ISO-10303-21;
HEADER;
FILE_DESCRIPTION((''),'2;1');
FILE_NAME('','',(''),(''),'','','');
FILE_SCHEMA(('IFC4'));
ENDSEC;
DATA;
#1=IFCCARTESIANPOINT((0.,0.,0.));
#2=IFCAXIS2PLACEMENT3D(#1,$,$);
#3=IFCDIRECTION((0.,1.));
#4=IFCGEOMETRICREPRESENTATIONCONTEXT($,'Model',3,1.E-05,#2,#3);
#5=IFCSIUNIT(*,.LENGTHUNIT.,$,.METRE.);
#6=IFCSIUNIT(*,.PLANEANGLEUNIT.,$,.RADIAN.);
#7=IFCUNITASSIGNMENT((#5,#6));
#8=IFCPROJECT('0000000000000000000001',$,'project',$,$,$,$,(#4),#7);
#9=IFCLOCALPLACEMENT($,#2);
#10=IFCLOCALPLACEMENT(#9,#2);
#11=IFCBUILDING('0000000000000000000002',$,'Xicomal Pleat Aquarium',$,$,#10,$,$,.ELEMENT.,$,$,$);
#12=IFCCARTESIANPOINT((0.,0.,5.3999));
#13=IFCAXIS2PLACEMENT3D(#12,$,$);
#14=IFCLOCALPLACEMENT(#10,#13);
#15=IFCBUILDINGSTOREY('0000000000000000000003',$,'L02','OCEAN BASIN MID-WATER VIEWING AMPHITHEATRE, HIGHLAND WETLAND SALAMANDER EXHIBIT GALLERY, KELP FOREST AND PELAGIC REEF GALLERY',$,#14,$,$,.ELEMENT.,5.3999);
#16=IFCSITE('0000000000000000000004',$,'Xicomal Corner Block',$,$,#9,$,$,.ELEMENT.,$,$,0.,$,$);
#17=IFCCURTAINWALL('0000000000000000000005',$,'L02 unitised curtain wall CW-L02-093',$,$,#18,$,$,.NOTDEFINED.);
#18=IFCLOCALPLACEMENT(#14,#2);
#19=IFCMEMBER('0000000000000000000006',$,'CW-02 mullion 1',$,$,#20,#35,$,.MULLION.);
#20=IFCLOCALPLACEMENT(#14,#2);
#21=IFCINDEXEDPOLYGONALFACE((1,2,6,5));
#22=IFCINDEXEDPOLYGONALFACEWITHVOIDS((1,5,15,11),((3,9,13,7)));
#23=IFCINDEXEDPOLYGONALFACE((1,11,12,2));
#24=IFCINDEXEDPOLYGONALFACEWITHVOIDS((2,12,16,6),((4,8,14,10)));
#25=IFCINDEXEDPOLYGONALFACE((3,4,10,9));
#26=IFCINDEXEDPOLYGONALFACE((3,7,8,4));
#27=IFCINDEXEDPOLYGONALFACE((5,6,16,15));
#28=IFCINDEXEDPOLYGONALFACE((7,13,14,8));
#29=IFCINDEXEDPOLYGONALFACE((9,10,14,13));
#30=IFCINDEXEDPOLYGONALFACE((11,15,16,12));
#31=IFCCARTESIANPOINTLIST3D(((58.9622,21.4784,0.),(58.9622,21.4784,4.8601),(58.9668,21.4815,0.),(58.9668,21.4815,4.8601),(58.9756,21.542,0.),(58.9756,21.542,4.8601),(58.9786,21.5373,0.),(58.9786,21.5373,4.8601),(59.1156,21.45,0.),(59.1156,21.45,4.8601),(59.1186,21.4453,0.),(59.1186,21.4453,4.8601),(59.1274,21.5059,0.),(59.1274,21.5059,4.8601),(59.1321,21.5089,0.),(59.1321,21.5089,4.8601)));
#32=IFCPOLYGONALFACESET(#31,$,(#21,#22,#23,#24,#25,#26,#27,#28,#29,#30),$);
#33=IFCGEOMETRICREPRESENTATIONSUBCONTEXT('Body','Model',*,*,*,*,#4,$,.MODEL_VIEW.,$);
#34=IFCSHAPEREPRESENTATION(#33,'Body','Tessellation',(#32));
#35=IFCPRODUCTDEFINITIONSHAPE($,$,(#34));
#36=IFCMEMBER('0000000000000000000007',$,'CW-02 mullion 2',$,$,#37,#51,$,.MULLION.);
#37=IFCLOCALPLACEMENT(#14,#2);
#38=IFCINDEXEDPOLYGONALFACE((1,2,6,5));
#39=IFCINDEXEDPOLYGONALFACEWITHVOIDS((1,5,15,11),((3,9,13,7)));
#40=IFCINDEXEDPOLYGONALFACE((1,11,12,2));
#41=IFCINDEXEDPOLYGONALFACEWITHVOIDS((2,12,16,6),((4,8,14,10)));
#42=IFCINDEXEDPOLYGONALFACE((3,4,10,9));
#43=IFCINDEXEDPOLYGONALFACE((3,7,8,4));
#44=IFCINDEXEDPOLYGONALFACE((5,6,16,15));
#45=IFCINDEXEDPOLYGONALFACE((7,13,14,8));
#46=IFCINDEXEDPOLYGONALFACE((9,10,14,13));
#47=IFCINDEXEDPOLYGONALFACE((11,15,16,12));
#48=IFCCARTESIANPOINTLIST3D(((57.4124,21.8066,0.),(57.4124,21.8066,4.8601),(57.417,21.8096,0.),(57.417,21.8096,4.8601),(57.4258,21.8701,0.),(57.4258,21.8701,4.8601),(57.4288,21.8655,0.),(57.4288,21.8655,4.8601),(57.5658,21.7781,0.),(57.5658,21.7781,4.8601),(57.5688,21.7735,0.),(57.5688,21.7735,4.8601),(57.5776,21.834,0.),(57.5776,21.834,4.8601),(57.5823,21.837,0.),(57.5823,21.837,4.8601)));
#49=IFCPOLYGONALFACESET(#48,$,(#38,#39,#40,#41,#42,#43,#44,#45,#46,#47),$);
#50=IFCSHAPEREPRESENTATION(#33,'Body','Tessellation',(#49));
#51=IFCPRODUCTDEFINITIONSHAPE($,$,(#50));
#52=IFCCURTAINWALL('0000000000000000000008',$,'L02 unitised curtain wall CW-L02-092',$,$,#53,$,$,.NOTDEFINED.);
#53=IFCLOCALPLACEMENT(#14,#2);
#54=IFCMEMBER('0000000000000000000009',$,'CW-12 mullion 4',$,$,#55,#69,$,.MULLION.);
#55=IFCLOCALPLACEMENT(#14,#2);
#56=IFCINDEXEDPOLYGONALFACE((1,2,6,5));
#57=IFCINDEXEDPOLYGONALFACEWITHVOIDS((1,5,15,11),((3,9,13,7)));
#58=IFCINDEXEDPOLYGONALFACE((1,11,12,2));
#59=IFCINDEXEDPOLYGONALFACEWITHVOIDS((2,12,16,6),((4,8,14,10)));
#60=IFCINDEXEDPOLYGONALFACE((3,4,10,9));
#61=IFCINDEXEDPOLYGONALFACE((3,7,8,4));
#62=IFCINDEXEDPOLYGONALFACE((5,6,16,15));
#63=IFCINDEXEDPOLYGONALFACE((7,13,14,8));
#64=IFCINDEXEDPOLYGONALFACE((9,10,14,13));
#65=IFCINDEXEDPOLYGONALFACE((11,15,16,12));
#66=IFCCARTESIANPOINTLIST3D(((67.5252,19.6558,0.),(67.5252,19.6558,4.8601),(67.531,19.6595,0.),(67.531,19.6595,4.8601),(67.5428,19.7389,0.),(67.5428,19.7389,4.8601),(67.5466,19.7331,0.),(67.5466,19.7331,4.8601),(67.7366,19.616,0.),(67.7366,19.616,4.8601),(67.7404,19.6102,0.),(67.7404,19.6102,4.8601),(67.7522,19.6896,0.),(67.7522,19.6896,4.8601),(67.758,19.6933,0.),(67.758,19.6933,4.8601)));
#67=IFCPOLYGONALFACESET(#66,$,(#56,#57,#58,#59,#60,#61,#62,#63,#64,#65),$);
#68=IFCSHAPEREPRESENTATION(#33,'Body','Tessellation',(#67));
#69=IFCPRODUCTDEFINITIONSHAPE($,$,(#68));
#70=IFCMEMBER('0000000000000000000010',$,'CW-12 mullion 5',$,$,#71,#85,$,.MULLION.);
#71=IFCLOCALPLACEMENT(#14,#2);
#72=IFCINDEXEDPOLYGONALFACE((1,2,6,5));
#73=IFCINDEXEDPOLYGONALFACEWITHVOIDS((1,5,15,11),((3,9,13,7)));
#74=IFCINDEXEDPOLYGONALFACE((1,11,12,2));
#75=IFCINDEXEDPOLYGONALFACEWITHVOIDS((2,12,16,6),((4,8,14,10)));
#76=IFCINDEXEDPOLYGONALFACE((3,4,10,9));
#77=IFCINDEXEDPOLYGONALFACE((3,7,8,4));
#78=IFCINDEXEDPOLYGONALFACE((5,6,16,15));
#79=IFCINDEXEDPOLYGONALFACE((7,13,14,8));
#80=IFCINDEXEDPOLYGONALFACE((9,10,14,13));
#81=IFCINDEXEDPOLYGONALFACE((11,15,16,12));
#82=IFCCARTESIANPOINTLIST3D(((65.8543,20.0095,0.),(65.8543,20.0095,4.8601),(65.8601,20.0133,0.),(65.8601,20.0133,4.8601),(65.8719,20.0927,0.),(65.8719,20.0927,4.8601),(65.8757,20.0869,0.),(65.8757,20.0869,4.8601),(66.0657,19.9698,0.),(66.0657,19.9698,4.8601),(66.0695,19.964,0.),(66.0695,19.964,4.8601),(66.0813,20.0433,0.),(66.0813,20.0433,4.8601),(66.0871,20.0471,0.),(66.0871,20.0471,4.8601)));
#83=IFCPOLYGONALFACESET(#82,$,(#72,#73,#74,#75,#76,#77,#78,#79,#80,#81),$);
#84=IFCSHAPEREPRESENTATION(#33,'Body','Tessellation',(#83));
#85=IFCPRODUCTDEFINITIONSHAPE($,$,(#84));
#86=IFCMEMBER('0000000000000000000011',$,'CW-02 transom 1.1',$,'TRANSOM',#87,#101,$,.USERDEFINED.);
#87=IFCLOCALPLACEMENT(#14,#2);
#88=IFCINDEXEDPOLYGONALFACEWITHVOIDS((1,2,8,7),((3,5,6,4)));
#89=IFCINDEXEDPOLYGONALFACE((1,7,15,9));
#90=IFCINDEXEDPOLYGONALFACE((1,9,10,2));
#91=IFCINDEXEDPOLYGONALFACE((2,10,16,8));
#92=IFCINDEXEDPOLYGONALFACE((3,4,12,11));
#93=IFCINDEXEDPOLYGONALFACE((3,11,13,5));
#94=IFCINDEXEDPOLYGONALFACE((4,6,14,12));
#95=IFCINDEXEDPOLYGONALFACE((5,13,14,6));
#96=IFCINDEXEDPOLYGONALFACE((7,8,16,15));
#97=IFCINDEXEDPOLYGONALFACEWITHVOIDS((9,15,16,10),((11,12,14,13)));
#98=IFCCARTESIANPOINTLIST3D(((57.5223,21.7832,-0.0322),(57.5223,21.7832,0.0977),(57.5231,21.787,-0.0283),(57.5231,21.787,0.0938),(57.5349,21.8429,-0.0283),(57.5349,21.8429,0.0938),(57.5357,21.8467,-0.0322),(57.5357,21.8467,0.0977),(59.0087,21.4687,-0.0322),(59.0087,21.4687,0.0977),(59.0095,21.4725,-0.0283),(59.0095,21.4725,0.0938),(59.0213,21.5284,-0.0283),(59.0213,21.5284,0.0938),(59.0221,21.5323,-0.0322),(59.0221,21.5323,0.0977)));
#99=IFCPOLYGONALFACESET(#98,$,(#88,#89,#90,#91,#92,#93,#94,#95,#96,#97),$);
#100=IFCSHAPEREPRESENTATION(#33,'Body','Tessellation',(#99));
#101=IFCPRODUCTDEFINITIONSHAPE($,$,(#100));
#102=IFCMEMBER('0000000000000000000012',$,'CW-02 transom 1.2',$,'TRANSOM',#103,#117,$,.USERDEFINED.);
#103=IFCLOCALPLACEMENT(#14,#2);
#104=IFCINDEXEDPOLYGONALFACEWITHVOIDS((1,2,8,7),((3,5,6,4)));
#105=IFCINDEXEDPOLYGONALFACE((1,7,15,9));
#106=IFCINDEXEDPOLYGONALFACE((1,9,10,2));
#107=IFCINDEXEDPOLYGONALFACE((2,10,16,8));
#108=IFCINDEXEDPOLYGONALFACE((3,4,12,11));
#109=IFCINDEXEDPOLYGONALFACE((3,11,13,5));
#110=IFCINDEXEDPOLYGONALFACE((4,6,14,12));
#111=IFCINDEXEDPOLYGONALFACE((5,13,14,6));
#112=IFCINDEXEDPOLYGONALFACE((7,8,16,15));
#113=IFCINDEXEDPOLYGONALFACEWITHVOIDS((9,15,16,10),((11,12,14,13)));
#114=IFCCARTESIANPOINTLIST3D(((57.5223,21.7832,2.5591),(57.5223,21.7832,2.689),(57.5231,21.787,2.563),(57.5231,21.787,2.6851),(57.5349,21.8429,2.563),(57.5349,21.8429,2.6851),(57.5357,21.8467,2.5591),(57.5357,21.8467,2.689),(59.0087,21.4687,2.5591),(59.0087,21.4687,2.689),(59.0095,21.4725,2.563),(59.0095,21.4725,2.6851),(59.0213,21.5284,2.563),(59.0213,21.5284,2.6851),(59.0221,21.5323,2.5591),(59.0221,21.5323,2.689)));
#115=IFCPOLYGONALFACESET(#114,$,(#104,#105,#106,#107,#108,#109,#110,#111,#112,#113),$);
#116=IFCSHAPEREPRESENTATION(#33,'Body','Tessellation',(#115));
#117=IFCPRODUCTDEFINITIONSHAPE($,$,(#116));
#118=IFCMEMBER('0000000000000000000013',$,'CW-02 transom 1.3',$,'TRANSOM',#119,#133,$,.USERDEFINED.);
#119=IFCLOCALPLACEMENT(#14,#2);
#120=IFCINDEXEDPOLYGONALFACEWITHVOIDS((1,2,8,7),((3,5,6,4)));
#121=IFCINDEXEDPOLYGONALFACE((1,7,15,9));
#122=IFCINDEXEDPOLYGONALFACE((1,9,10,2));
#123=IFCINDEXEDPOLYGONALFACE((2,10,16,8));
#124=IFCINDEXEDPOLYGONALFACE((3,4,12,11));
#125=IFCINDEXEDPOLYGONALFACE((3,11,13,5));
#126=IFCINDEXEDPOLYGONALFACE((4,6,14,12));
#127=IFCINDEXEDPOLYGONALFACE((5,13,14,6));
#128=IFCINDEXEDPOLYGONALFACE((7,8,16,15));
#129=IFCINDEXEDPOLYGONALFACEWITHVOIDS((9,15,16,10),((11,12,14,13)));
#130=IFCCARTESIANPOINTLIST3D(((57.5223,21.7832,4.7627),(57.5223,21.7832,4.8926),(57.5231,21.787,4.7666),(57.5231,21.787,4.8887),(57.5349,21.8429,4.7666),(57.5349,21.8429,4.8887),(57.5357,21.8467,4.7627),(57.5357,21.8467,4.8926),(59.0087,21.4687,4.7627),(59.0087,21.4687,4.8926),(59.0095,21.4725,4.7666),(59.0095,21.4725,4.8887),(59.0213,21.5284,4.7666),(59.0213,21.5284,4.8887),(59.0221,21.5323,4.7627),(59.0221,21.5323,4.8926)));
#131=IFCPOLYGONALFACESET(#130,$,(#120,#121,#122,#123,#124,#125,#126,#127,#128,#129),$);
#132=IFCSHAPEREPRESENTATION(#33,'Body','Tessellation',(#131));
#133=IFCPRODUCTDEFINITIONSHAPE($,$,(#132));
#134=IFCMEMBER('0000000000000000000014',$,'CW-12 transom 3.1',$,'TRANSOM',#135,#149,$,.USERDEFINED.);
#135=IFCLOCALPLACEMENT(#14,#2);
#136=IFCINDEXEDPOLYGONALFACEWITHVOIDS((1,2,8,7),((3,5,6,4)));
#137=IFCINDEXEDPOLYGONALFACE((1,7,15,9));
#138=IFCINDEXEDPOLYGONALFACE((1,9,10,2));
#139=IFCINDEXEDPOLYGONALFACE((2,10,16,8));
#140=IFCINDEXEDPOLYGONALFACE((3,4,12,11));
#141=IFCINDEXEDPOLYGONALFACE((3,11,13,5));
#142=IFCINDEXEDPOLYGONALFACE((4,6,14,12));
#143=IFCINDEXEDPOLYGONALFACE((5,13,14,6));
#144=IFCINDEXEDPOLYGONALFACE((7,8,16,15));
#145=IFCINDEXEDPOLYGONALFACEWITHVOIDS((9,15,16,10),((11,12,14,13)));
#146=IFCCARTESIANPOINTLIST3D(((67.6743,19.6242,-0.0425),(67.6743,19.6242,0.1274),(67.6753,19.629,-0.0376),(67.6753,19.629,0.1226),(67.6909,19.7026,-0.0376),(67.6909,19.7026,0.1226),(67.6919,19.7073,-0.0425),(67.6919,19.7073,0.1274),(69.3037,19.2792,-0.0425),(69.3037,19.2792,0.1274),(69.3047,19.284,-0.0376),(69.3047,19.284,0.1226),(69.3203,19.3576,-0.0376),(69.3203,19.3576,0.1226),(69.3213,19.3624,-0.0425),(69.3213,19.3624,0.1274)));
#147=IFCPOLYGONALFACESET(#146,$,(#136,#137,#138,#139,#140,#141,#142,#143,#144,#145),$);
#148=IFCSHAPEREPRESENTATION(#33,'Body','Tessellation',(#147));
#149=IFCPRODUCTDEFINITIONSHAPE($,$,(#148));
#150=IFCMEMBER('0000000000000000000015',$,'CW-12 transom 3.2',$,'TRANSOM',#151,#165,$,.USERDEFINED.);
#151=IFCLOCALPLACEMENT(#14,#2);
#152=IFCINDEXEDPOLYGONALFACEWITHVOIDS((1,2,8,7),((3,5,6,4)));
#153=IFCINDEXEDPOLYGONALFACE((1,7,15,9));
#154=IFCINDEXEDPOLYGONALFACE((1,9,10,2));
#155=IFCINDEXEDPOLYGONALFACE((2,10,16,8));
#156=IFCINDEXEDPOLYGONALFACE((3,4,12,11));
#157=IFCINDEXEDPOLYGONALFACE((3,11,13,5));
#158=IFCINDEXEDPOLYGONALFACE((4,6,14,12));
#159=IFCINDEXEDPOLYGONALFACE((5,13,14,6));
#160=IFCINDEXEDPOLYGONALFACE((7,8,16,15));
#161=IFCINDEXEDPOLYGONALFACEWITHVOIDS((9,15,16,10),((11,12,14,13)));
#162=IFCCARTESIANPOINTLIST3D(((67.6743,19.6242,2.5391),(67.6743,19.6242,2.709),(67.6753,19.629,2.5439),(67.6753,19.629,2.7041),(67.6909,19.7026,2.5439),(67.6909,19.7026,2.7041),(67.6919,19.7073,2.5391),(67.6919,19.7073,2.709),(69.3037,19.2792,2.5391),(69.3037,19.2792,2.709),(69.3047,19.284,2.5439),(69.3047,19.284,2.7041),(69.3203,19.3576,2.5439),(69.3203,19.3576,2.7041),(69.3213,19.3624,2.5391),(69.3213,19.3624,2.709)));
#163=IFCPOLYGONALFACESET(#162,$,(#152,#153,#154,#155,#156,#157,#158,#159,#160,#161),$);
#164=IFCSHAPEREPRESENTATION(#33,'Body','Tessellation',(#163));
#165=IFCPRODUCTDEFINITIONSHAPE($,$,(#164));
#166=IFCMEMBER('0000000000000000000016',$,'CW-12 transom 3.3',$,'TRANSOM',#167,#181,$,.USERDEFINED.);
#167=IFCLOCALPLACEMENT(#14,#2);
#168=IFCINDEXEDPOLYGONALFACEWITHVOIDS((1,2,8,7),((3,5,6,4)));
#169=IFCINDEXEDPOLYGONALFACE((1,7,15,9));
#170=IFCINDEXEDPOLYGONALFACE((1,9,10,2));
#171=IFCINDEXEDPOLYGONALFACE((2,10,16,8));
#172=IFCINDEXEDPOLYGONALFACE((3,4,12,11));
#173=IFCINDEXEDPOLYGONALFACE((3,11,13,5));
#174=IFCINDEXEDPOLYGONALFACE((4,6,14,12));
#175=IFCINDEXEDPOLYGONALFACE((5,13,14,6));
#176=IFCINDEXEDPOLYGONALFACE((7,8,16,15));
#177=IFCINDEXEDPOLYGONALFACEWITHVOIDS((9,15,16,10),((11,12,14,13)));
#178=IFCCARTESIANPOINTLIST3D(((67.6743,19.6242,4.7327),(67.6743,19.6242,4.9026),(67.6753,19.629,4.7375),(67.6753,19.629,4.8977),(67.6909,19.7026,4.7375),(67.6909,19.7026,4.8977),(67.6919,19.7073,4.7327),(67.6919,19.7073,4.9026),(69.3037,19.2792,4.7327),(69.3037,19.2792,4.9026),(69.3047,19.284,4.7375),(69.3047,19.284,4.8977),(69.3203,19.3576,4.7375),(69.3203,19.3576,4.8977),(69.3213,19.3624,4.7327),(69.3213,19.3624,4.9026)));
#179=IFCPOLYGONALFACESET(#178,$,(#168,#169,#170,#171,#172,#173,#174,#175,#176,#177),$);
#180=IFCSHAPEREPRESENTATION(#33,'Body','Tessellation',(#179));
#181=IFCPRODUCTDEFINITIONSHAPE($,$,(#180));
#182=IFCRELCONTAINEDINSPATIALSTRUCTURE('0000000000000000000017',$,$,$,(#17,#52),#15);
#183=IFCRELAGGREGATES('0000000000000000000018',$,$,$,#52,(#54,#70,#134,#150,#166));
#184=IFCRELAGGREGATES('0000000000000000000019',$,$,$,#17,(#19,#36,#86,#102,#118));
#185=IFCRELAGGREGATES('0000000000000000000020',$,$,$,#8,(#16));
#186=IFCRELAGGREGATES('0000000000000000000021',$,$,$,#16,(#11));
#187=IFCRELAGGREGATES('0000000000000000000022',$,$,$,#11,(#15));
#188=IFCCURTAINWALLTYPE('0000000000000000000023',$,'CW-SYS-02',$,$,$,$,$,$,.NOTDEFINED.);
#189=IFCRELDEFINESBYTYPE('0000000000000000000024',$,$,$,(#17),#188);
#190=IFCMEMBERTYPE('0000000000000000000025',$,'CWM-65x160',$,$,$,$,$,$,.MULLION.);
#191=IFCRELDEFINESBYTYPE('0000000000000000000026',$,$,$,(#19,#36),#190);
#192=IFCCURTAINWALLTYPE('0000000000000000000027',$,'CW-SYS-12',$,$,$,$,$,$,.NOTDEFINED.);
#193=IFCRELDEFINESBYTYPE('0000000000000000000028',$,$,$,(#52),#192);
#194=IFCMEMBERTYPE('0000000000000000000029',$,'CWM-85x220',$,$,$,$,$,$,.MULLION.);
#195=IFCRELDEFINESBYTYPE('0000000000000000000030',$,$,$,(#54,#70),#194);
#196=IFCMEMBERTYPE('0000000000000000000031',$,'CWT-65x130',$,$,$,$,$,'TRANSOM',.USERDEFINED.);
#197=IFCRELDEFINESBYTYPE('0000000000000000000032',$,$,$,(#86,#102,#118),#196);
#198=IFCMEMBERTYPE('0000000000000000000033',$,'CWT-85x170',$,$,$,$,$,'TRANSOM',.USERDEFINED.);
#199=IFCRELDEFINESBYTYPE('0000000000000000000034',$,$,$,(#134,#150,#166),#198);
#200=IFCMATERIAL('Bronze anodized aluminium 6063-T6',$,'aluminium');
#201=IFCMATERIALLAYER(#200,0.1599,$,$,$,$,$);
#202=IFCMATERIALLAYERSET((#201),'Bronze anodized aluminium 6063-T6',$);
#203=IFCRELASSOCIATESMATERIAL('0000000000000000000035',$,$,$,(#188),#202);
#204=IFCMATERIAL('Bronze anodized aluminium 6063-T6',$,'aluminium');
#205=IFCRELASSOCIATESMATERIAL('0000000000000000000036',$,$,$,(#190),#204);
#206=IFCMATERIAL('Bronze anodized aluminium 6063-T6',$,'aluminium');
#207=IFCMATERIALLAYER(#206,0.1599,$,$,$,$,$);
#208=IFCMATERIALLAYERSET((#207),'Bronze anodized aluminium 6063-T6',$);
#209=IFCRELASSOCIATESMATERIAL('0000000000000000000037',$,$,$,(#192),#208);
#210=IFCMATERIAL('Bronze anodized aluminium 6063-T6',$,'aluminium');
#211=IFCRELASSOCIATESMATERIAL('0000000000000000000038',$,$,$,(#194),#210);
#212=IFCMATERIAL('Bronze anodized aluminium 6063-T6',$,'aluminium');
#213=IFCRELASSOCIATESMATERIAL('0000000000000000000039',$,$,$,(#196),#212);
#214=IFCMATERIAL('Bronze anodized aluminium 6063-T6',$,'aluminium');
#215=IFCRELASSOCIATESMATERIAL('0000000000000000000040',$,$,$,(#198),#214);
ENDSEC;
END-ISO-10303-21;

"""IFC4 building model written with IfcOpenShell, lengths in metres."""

from ifc_helpers import new_model, si_unit, direction, frame, origin, origin_2d, place, context, subcontext, project, spatial, hollow_rectangle, extrude, material, layer, layer_set, material_profile, profile_set, type_object, element, aggregate, save


model = new_model("IFC4")

# Units and contexts
model_context = context("Model", 3, precision=1e-05, world=origin(), true_north=direction((0.0, 1.0)))
body_context = subcontext(model_context, "Body", "Model", "MODEL_VIEW")
ifc_project = project(units=[si_unit("LENGTHUNIT", "METRE"), si_unit("PLANEANGLEUNIT", "RADIAN")], contexts=[model_context])

# Site, building, storey
site_placement = place(None, origin())
site = spatial("IfcSite", under=ifc_project, at=site_placement, Name="Xicomal Corner Block", CompositionType="ELEMENT", RefElevation=0.0)
building_placement = place(site_placement, origin())
building = spatial("IfcBuilding", under=site, at=building_placement, Name="Xicomal Pleat Aquarium", CompositionType="ELEMENT")
storey_placement = place(building_placement, frame((0.0, 0.0, 5.3999)))
storey = spatial("IfcBuildingStorey", under=building, at=storey_placement, Name="L02", Description="OCEAN BASIN MID-WATER VIEWING AMPHITHEATRE, HIGHLAND WETLAND SALAMANDER EXHIBIT GALLERY, KELP FOREST AND PELAGIC REEF GALLERY", CompositionType="ELEMENT", Elevation=5.3999)

# Curtain walls, members
ifc_material_1 = material(Name="Bronze anodized aluminium 6063-T6", Category="aluminium")
ifc_layer_1 = layer(ifc_material_1, 0.1599)
ifc_layer_set_1 = layer_set([ifc_layer_1], Name="Bronze anodized aluminium 6063-T6")
curtain_wall_type_1 = type_object("IfcCurtainWallType", Name="CW-SYS-02", PredefinedType="NOTDEFINED", material=ifc_layer_set_1)
curtain_wall_1_placement = place(storey_placement, origin())
curtain_wall_1 = element("IfcCurtainWall", 1, at=curtain_wall_1_placement, inside=storey, type_object=curtain_wall_type_1, Name="L02 unitised curtain wall CW-L02-093", PredefinedType="NOTDEFINED")
ifc_material_2 = material(Name="Bronze anodized aluminium 6063-T6", Category="aluminium")
ifc_material_profile_1 = material_profile(ifc_material_2, hollow_rectangle(XDim=0.0649, YDim=0.1599, WallThickness=0.0039, at=origin_2d()), Name="ALU MULL 65x160")
ifc_profile_set_1 = profile_set([ifc_material_profile_1], Name="Bronze anodized aluminium 6063-T6")
member_type_1 = type_object("IfcMemberType", Name="CWM-65x160", PredefinedType="MULLION", material=ifc_profile_set_1)
member_1_placement = place(storey_placement, frame((59.0471, 21.4937, 0.0), z_axis=(0.0, 0.0, 1.0), x_axis=(-0.207047, -0.978331, 0.0)))
member_1 = element("IfcMember", 2, at=member_1_placement, type_object=member_type_1, Name="CW-02 mullion 1", PredefinedType="MULLION", context=body_context, shape_type="SweptSolid", body=[
    extrude(hollow_rectangle(XDim=0.0649, YDim=0.1599, WallThickness=0.0039, at=origin_2d()), origin(), (0.0, 0.0, 1.0), 4.8601),
])
member_2_placement = place(storey_placement, frame((57.4973, 21.8218, 0.0), z_axis=(0.0, 0.0, 1.0), x_axis=(-0.207047, -0.978331, 0.0)))
member_2 = element("IfcMember", 3, at=member_2_placement, type_object=member_type_1, Name="CW-02 mullion 2", PredefinedType="MULLION", context=body_context, shape_type="SweptSolid", body=[
    extrude(hollow_rectangle(XDim=0.0649, YDim=0.1599, WallThickness=0.0039, at=origin_2d()), origin(), (0.0, 0.0, 1.0), 4.8601),
])
ifc_material_3 = material(Name="Bronze anodized aluminium 6063-T6", Category="aluminium")
ifc_layer_2 = layer(ifc_material_3, 0.1599)
ifc_layer_set_2 = layer_set([ifc_layer_2], Name="Bronze anodized aluminium 6063-T6")
curtain_wall_type_2 = type_object("IfcCurtainWallType", Name="CW-SYS-12", PredefinedType="NOTDEFINED", material=ifc_layer_set_2)
curtain_wall_2_placement = place(storey_placement, origin())
curtain_wall_2 = element("IfcCurtainWall", 4, at=curtain_wall_2_placement, inside=storey, type_object=curtain_wall_type_2, Name="L02 unitised curtain wall CW-L02-092", PredefinedType="NOTDEFINED")
ifc_material_4 = material(Name="Bronze anodized aluminium 6063-T6", Category="aluminium")
ifc_material_profile_2 = material_profile(ifc_material_4, hollow_rectangle(XDim=0.085, YDim=0.22, WallThickness=0.0049, at=origin_2d()), Name="ALU MULL 85x220")
ifc_profile_set_2 = profile_set([ifc_material_profile_2], Name="Bronze anodized aluminium 6063-T6")
member_type_2 = type_object("IfcMemberType", Name="CWM-85x220", PredefinedType="MULLION", material=ifc_profile_set_2)
member_3_placement = place(storey_placement, frame((67.6416, 19.6746, 0.0), z_axis=(0.0, 0.0, 1.0), x_axis=(-0.20709, -0.978322, 0.0)))
member_3 = element("IfcMember", 5, at=member_3_placement, type_object=member_type_2, Name="CW-12 mullion 4", PredefinedType="MULLION", context=body_context, shape_type="SweptSolid", body=[
    extrude(hollow_rectangle(XDim=0.085, YDim=0.22, WallThickness=0.0049, at=origin_2d()), origin(), (0.0, 0.0, 1.0), 4.8601),
])
member_4_placement = place(storey_placement, frame((65.9707, 20.0283, 0.0), z_axis=(0.0, 0.0, 1.0), x_axis=(-0.20709, -0.978322, 0.0)))
member_4 = element("IfcMember", 6, at=member_4_placement, type_object=member_type_2, Name="CW-12 mullion 5", PredefinedType="MULLION", context=body_context, shape_type="SweptSolid", body=[
    extrude(hollow_rectangle(XDim=0.085, YDim=0.22, WallThickness=0.0049, at=origin_2d()), origin(), (0.0, 0.0, 1.0), 4.8601),
])

# Members
ifc_material_5 = material(Name="Bronze anodized aluminium 6063-T6", Category="aluminium")
ifc_material_profile_3 = material_profile(ifc_material_5, hollow_rectangle(XDim=0.0649, YDim=0.1299, WallThickness=0.0039, at=origin_2d()), Name="ALU TRAN 65x130")
ifc_profile_set_3 = profile_set([ifc_material_profile_3], Name="Bronze anodized aluminium 6063-T6")
member_type_3 = type_object("IfcMemberType", Name="CWT-65x130", ElementType="TRANSOM", PredefinedType="USERDEFINED", material=ifc_profile_set_3)
member_5_placement = place(storey_placement, frame((59.0154, 21.5005, 0.0327), z_axis=(-0.978345, 0.206982, 0.0), x_axis=(-0.206982, -0.978345, 0.0)))
member_5 = element("IfcMember", 7, at=member_5_placement, type_object=member_type_3, Name="CW-02 transom 1.1", ObjectType="TRANSOM", PredefinedType="USERDEFINED", context=body_context, shape_type="SweptSolid", body=[
    extrude(hollow_rectangle(XDim=0.0649, YDim=0.1299, WallThickness=0.0039, at=origin_2d()), origin(), (0.0, 0.0, 1.0), 1.5193),
])
member_6_placement = place(storey_placement, frame((59.0154, 21.5005, 2.624), z_axis=(-0.978345, 0.206982, 0.0), x_axis=(-0.206982, -0.978345, 0.0)))
member_6 = element("IfcMember", 8, at=member_6_placement, type_object=member_type_3, Name="CW-02 transom 1.2", ObjectType="TRANSOM", PredefinedType="USERDEFINED", context=body_context, shape_type="SweptSolid", body=[
    extrude(hollow_rectangle(XDim=0.0649, YDim=0.1299, WallThickness=0.0039, at=origin_2d()), origin(), (0.0, 0.0, 1.0), 1.5193),
])
member_7_placement = place(storey_placement, frame((59.0154, 21.5005, 4.8276), z_axis=(-0.978345, 0.206982, 0.0), x_axis=(-0.206982, -0.978345, 0.0)))
member_7 = element("IfcMember", 9, at=member_7_placement, type_object=member_type_3, Name="CW-02 transom 1.3", ObjectType="TRANSOM", PredefinedType="USERDEFINED", context=body_context, shape_type="SweptSolid", body=[
    extrude(hollow_rectangle(XDim=0.0649, YDim=0.1299, WallThickness=0.0039, at=origin_2d()), origin(), (0.0, 0.0, 1.0), 1.5193),
])
ifc_material_6 = material(Name="Bronze anodized aluminium 6063-T6", Category="aluminium")
ifc_material_profile_4 = material_profile(ifc_material_6, hollow_rectangle(XDim=0.085, YDim=0.1699, WallThickness=0.0049, at=origin_2d()), Name="ALU TRAN 85x170")
ifc_profile_set_4 = profile_set([ifc_material_profile_4], Name="Bronze anodized aluminium 6063-T6")
member_type_4 = type_object("IfcMemberType", Name="CWT-85x170", ElementType="TRANSOM", PredefinedType="USERDEFINED", material=ifc_profile_set_4)
member_8_placement = place(storey_placement, frame((69.3125, 19.3208, 0.0425), z_axis=(-0.978314, 0.207126, 0.0), x_axis=(-0.207126, -0.978314, 0.0)))
member_8 = element("IfcMember", 10, at=member_8_placement, type_object=member_type_4, Name="CW-12 transom 3.1", ObjectType="TRANSOM", PredefinedType="USERDEFINED", context=body_context, shape_type="SweptSolid", body=[
    extrude(hollow_rectangle(XDim=0.085, YDim=0.1699, WallThickness=0.0049, at=origin_2d()), origin(), (0.0, 0.0, 1.0), 1.6655),
])
member_9_placement = place(storey_placement, frame((69.3125, 19.3208, 2.624), z_axis=(-0.978314, 0.207126, 0.0), x_axis=(-0.207126, -0.978314, 0.0)))
member_9 = element("IfcMember", 11, at=member_9_placement, type_object=member_type_4, Name="CW-12 transom 3.2", ObjectType="TRANSOM", PredefinedType="USERDEFINED", context=body_context, shape_type="SweptSolid", body=[
    extrude(hollow_rectangle(XDim=0.085, YDim=0.1699, WallThickness=0.0049, at=origin_2d()), origin(), (0.0, 0.0, 1.0), 1.6655),
])
member_10_placement = place(storey_placement, frame((69.3125, 19.3208, 4.8176), z_axis=(-0.978314, 0.207126, 0.0), x_axis=(-0.207126, -0.978314, 0.0)))
member_10 = element("IfcMember", 12, at=member_10_placement, type_object=member_type_4, Name="CW-12 transom 3.3", ObjectType="TRANSOM", PredefinedType="USERDEFINED", context=body_context, shape_type="SweptSolid", body=[
    extrude(hollow_rectangle(XDim=0.085, YDim=0.1699, WallThickness=0.0049, at=origin_2d()), origin(), (0.0, 0.0, 1.0), 1.6655),
])

aggregate(curtain_wall_2, [member_3, member_4, member_8, member_9, member_10])
aggregate(curtain_wall_1, [member_1, member_2, member_5, member_6, member_7])

save(model, "model.ifc")
